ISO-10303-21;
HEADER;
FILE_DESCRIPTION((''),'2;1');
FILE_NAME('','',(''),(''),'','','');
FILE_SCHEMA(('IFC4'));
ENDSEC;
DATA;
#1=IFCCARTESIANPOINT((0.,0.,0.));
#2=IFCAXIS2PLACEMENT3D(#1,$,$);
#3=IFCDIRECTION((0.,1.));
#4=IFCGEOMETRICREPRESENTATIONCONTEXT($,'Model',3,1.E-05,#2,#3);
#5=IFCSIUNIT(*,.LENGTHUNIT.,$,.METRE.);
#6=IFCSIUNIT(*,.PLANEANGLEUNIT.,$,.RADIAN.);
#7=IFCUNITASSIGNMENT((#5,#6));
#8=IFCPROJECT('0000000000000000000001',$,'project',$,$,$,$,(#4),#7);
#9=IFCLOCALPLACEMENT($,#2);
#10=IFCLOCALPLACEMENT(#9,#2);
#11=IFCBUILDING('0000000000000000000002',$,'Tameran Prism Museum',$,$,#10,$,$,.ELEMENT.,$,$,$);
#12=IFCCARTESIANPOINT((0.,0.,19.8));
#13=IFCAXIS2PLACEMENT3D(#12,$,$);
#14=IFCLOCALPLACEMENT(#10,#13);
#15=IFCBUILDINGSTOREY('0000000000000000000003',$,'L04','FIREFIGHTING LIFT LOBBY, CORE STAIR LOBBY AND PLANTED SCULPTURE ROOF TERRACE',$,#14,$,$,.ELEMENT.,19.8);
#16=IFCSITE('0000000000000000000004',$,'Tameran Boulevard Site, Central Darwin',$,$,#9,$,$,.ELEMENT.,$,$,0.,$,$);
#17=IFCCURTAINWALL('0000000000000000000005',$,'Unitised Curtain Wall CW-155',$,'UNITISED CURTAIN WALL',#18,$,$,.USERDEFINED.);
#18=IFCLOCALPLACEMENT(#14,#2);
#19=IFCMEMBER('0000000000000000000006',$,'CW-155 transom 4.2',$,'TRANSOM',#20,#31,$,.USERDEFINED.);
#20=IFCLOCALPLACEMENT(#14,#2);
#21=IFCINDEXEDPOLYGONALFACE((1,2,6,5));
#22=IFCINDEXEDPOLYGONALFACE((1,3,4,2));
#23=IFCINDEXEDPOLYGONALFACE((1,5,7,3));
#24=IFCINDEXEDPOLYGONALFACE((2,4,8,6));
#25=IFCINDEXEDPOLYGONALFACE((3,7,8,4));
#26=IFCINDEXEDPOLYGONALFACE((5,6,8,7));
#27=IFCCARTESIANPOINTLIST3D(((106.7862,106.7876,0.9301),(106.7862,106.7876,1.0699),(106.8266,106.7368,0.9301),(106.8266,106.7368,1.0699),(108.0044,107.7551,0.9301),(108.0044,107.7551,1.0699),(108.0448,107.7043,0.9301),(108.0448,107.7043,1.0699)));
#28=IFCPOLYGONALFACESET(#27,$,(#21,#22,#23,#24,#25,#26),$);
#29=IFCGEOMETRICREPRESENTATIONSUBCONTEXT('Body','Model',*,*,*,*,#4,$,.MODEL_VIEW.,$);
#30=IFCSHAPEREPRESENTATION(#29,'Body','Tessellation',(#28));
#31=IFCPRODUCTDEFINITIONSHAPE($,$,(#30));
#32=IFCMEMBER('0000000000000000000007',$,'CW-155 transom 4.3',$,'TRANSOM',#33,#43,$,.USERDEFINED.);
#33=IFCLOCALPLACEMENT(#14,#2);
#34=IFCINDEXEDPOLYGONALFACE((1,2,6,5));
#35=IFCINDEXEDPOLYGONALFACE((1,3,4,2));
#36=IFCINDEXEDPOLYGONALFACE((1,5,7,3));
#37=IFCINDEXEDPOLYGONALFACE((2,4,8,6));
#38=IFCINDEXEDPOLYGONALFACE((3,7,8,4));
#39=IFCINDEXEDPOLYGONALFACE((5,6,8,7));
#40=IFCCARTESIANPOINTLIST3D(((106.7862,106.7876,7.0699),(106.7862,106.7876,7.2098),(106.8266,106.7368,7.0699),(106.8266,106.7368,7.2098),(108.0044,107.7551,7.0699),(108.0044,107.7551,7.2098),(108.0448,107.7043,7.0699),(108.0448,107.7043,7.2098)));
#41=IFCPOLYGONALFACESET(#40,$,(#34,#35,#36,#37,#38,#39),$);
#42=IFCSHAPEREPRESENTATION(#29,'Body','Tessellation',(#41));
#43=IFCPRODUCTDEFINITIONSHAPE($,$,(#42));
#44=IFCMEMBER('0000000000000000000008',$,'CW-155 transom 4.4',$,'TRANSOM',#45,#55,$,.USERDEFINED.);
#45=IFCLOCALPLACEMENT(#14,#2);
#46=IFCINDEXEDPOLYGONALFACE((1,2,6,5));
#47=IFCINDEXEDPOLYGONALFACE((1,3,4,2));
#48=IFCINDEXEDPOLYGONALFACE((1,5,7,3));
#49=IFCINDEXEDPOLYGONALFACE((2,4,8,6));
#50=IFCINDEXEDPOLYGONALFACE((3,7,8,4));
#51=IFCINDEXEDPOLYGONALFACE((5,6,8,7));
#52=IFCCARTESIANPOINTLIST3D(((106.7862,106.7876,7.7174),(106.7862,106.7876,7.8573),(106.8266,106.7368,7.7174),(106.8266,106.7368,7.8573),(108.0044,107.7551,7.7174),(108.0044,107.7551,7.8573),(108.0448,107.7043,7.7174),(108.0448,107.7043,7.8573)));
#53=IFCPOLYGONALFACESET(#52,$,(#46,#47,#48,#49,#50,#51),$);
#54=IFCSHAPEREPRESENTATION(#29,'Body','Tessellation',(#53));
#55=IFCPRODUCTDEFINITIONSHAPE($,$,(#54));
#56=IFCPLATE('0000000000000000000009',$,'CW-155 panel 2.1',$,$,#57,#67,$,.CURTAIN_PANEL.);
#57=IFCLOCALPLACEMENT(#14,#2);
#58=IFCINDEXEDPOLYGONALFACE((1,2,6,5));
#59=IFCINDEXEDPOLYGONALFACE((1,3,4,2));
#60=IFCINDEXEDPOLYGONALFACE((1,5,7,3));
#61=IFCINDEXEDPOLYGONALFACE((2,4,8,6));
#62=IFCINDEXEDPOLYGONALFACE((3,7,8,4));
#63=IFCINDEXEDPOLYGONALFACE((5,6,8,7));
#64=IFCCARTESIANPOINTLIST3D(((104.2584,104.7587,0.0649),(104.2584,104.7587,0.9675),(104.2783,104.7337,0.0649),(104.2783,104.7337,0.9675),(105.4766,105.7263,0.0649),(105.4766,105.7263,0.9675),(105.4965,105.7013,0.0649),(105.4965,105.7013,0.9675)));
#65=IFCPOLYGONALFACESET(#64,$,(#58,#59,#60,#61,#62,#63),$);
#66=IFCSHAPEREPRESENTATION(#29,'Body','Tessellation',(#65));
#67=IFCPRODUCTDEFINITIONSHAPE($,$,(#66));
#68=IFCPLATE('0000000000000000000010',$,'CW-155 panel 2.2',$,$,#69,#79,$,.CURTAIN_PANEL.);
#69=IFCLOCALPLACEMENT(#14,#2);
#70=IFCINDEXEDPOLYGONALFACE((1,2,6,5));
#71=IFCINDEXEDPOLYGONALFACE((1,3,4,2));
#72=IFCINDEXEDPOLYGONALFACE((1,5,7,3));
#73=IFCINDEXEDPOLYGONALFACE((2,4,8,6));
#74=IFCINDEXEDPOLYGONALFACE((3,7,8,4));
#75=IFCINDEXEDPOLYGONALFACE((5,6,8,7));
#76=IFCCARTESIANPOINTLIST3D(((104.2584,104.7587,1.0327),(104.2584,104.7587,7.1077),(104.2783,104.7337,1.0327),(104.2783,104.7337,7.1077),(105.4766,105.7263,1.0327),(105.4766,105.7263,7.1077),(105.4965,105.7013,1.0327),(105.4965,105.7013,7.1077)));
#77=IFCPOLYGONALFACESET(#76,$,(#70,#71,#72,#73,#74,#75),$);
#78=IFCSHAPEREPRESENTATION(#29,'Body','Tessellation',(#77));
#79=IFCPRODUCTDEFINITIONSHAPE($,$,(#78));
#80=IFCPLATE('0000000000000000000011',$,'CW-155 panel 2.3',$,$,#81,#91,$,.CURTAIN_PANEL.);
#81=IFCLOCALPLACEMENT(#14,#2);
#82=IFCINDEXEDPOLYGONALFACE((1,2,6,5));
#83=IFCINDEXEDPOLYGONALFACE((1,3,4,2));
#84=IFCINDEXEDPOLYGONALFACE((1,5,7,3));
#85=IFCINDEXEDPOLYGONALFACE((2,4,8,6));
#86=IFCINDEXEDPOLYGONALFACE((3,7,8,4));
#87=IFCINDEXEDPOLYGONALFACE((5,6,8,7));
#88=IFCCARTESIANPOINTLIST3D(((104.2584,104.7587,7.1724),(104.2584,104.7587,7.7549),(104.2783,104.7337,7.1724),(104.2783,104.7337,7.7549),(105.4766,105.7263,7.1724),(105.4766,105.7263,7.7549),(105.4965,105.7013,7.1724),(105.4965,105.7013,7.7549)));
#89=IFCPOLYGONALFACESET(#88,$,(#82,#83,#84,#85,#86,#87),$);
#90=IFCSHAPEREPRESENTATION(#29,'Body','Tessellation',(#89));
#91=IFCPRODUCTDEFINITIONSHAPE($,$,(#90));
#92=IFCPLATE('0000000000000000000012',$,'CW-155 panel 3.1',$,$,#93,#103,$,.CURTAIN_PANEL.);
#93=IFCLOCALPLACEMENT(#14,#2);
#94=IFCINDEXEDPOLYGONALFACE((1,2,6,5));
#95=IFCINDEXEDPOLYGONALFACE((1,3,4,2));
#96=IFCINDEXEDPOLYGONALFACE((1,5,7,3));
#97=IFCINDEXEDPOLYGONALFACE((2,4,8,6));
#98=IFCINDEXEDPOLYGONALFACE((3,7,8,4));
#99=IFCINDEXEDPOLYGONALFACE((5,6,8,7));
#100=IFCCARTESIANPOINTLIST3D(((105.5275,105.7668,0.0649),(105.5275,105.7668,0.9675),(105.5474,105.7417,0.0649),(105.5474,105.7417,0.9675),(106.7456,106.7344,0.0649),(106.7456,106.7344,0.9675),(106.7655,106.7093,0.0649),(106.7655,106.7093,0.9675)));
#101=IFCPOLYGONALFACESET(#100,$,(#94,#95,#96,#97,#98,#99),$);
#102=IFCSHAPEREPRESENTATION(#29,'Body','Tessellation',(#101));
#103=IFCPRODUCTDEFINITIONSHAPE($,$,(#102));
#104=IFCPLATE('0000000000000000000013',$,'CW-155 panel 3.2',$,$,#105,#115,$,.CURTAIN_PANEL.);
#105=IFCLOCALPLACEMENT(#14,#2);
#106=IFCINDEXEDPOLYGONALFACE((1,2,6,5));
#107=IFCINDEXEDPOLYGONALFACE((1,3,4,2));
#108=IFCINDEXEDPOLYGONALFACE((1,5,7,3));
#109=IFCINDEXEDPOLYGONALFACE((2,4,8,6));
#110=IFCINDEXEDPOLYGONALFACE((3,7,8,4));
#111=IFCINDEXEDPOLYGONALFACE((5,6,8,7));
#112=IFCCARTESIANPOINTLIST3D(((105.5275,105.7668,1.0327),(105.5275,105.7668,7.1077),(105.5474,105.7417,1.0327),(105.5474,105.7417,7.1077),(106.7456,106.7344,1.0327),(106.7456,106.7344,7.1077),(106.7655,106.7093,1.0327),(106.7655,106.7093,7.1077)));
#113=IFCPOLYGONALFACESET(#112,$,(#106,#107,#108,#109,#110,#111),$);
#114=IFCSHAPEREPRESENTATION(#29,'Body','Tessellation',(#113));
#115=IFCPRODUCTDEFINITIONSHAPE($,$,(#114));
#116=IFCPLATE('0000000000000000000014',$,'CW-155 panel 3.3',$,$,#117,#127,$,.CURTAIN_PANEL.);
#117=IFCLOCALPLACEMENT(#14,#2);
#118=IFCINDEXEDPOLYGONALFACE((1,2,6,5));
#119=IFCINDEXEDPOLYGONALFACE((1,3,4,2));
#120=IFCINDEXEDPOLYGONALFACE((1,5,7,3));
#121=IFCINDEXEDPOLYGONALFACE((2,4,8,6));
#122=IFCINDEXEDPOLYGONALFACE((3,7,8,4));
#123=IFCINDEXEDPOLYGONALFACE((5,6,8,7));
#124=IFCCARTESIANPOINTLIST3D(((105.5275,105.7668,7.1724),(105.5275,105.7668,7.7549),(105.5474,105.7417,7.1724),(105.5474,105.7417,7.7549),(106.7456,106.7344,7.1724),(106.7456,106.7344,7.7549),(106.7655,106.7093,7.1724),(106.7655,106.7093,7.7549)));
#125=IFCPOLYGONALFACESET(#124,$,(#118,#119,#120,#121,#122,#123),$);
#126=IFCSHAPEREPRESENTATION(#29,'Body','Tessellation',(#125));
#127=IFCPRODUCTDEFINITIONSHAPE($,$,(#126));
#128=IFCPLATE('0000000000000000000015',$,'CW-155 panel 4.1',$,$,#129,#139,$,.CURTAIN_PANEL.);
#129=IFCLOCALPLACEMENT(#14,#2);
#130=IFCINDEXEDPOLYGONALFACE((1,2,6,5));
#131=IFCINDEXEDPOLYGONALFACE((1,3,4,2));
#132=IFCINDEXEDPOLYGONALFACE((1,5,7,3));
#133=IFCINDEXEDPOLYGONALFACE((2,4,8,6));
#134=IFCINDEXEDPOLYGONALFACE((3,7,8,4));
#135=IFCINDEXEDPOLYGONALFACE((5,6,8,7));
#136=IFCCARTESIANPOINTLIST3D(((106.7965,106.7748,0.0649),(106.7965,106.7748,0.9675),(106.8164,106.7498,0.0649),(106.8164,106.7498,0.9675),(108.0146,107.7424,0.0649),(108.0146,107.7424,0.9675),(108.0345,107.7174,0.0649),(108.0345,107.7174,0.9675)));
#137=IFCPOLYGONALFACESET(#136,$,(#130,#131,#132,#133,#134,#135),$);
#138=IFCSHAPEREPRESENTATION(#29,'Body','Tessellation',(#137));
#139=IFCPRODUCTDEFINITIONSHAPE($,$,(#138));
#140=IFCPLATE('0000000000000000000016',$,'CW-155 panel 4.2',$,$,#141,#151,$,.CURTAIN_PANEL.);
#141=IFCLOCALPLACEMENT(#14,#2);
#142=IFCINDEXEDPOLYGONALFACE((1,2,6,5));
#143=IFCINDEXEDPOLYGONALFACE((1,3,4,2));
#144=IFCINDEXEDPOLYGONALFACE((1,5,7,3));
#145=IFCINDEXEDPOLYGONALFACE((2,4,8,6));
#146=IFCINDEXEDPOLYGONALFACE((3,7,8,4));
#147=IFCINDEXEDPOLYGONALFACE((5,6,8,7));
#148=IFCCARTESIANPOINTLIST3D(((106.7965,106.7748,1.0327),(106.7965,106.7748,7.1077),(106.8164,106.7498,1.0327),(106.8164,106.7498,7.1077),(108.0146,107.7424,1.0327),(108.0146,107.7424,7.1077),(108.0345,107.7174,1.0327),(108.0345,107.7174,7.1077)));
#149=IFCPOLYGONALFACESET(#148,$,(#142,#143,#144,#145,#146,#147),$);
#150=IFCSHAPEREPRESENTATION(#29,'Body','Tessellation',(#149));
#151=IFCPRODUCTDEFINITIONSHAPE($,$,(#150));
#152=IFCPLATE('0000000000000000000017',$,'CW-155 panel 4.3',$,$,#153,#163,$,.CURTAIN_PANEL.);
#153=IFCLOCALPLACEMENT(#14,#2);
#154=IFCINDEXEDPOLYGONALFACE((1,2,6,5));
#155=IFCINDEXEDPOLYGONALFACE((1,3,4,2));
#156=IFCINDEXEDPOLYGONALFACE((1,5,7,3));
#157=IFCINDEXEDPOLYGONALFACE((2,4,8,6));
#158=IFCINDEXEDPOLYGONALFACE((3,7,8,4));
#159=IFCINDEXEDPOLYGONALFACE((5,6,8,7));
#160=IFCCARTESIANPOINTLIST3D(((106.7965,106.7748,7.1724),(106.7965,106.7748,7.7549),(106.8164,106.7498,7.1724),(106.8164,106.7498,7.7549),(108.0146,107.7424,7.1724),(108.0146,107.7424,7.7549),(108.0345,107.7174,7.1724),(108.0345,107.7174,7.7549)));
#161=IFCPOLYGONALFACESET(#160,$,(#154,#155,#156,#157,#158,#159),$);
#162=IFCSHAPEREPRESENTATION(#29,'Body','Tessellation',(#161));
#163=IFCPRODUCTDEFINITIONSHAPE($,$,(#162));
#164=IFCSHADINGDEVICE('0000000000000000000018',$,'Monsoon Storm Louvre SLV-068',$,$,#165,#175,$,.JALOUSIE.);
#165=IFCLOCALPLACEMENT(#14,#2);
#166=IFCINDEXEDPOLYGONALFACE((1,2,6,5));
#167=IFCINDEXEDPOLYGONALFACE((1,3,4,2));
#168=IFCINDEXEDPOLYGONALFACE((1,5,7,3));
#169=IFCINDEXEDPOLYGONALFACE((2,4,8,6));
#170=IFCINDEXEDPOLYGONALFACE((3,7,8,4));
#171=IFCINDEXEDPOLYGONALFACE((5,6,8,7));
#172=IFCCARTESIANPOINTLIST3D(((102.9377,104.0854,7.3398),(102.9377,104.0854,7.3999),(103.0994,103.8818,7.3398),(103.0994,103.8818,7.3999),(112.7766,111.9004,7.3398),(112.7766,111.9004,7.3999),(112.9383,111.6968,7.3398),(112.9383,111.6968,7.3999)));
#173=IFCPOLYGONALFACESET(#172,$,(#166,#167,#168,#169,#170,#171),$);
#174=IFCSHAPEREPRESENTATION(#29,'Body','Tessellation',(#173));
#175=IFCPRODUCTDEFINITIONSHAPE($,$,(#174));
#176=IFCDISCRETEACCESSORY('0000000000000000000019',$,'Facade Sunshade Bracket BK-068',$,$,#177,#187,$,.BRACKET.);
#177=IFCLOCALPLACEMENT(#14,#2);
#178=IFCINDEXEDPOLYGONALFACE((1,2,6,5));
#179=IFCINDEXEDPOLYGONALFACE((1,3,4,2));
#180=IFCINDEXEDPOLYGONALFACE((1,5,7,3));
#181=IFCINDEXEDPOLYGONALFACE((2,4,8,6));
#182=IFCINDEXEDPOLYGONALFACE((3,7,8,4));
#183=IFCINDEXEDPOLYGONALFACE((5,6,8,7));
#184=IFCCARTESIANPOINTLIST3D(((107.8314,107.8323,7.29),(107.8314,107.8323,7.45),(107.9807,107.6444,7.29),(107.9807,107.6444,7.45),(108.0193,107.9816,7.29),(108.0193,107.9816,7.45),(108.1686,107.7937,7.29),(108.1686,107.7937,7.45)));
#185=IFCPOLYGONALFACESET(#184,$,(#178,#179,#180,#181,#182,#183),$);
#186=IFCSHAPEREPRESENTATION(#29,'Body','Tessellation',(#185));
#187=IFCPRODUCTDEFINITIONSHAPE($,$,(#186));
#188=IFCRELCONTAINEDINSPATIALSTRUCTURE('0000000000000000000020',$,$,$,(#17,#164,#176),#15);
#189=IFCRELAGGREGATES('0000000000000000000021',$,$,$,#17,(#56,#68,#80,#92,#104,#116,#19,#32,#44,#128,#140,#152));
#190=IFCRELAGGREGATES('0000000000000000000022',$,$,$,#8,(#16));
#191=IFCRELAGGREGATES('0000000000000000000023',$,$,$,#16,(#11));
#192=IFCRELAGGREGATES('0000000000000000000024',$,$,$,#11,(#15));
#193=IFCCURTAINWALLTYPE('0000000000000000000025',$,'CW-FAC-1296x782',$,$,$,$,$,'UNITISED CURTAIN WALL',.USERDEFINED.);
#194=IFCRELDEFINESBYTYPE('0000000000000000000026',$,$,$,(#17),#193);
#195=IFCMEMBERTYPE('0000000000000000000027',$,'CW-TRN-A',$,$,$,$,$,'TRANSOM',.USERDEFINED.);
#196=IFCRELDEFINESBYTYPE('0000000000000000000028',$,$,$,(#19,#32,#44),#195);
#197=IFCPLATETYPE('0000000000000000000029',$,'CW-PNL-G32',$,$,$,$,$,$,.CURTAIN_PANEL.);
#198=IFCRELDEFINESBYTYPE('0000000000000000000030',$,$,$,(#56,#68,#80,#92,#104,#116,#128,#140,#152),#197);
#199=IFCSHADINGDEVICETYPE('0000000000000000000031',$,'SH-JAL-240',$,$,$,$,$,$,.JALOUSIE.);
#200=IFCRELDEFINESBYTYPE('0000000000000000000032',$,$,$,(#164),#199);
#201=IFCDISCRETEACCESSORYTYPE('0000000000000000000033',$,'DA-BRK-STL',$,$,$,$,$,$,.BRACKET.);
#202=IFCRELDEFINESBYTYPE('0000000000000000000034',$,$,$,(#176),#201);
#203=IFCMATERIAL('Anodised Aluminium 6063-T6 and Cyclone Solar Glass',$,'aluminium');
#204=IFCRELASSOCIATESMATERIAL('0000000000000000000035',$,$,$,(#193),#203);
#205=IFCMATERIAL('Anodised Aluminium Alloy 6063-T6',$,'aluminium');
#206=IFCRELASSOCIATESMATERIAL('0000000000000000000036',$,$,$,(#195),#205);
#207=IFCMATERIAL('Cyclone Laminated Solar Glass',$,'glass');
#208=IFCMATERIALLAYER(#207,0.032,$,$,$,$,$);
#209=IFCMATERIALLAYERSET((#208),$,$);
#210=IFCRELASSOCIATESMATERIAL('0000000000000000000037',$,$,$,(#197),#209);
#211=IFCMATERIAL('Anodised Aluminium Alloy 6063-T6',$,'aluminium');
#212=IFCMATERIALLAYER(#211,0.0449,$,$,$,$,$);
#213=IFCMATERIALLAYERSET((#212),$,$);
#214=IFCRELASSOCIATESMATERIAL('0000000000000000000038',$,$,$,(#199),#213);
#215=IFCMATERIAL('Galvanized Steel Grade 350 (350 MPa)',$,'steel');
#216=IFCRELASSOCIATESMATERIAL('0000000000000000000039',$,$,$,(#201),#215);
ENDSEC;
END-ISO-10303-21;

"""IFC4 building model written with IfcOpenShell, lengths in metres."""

from ifc_helpers import new_model, si_unit, direction, frame, origin, origin_2d, place, context, subcontext, project, spatial, rectangle, extrude, material, layer, layer_set, material_profile, profile_set, type_object, element, aggregate, save


model = new_model("IFC4")

# Units and contexts
model_context = context("Model", 3, precision=1e-05, world=origin(), true_north=direction((0.0, 1.0)))
body_context = subcontext(model_context, "Body", "Model", "MODEL_VIEW")
ifc_project = project(units=[si_unit("LENGTHUNIT", "METRE"), si_unit("PLANEANGLEUNIT", "RADIAN")], contexts=[model_context])

# Site, building, storey
site_placement = place(None, origin())
site = spatial("IfcSite", under=ifc_project, at=site_placement, Name="Tameran Boulevard Site, Central Darwin", CompositionType="ELEMENT", RefElevation=0.0)
building_placement = place(site_placement, origin())
building = spatial("IfcBuilding", under=site, at=building_placement, Name="Tameran Prism Museum", CompositionType="ELEMENT")
storey_placement = place(building_placement, frame((0.0, 0.0, 19.8)))
storey = spatial("IfcBuildingStorey", under=building, at=storey_placement, Name="L04", Description="FIREFIGHTING LIFT LOBBY, CORE STAIR LOBBY AND PLANTED SCULPTURE ROOF TERRACE", CompositionType="ELEMENT", Elevation=19.8)

# Curtain wall, members, plates
ifc_material_1 = material(Name="Anodised Aluminium 6063-T6 and Cyclone Solar Glass", Category="aluminium")
curtain_wall_type = type_object("IfcCurtainWallType", Name="CW-FAC-1296x782", ElementType="UNITISED CURTAIN WALL", PredefinedType="USERDEFINED", material=ifc_material_1)
curtain_wall_placement = place(storey_placement, origin())
curtain_wall = element("IfcCurtainWall", 1, at=curtain_wall_placement, inside=storey, type_object=curtain_wall_type, Name="Unitised Curtain Wall CW-155", ObjectType="UNITISED CURTAIN WALL", PredefinedType="USERDEFINED")
ifc_material_2 = material(Name="Anodised Aluminium Alloy 6063-T6", Category="aluminium")
ifc_material_profile_1 = material_profile(ifc_material_2, rectangle(XDim=0.0649, YDim=0.1399, at=origin_2d()))
ifc_profile_set_1 = profile_set([ifc_material_profile_1])
member_type_1 = type_object("IfcMemberType", Name="CW-TRN-A", ElementType="TRANSOM", PredefinedType="USERDEFINED", material=ifc_profile_set_1)
member_1_placement = place(storey_placement, frame((106.8064, 106.7622, 1.0), z_axis=(0.783084, 0.621916, 0.0), x_axis=(-0.621916, 0.783084, 0.0)))
member_1 = element("IfcMember", 2, at=member_1_placement, type_object=member_type_1, Name="CW-155 transom 4.2", ObjectType="TRANSOM", PredefinedType="USERDEFINED", context=body_context, shape_type="SweptSolid", body=[
    extrude(rectangle(XDim=0.0649, YDim=0.1399, at=origin_2d()), origin(), (0.0, 0.0, 1.0), 1.5557),
])
member_2_placement = place(storey_placement, frame((106.8064, 106.7622, 7.1399), z_axis=(0.783084, 0.621916, 0.0), x_axis=(-0.621916, 0.783084, 0.0)))
member_2 = element("IfcMember", 3, at=member_2_placement, type_object=member_type_1, Name="CW-155 transom 4.3", ObjectType="TRANSOM", PredefinedType="USERDEFINED", context=body_context, shape_type="SweptSolid", body=[
    extrude(rectangle(XDim=0.0649, YDim=0.1399, at=origin_2d()), origin(), (0.0, 0.0, 1.0), 1.5557),
])
member_3_placement = place(storey_placement, frame((106.8064, 106.7622, 7.7874), z_axis=(0.783084, 0.621916, 0.0), x_axis=(-0.621916, 0.783084, 0.0)))
member_3 = element("IfcMember", 4, at=member_3_placement, type_object=member_type_1, Name="CW-155 transom 4.4", ObjectType="TRANSOM", PredefinedType="USERDEFINED", context=body_context, shape_type="SweptSolid", body=[
    extrude(rectangle(XDim=0.0649, YDim=0.1399, at=origin_2d()), origin(), (0.0, 0.0, 1.0), 1.5557),
])
ifc_material_3 = material(Name="Cyclone Laminated Solar Glass", Category="glass")
ifc_layer_1 = layer(ifc_material_3, 0.032)
ifc_layer_set_1 = layer_set([ifc_layer_1])
plate_type = type_object("IfcPlateType", Name="CW-PNL-G32", PredefinedType="CURTAIN_PANEL", material=ifc_layer_set_1)
plate_1_placement = place(storey_placement, frame((104.8774, 105.23, 0.0649), z_axis=(0.0, 0.0, 1.0), x_axis=(0.783031, 0.621982, 0.0)))
plate_1 = element("IfcPlate", 5, at=plate_1_placement, type_object=plate_type, Name="CW-155 panel 2.1", PredefinedType="CURTAIN_PANEL", context=body_context, shape_type="SweptSolid", body=[
    extrude(rectangle(XDim=1.5557, YDim=0.032, at=origin_2d()), origin(), (0.0, 0.0, 1.0), 0.9026),
])
plate_2_placement = place(storey_placement, frame((104.8774, 105.23, 1.0327), z_axis=(0.0, 0.0, 1.0), x_axis=(0.783031, 0.621982, 0.0)))
plate_2 = element("IfcPlate", 6, at=plate_2_placement, type_object=plate_type, Name="CW-155 panel 2.2", PredefinedType="CURTAIN_PANEL", context=body_context, shape_type="SweptSolid", body=[
    extrude(rectangle(XDim=1.5557, YDim=0.032, at=origin_2d()), origin(), (0.0, 0.0, 1.0), 6.075),
])
plate_3_placement = place(storey_placement, frame((104.8774, 105.23, 7.1724), z_axis=(0.0, 0.0, 1.0), x_axis=(0.783031, 0.621982, 0.0)))
plate_3 = element("IfcPlate", 7, at=plate_3_placement, type_object=plate_type, Name="CW-155 panel 2.3", PredefinedType="CURTAIN_PANEL", context=body_context, shape_type="SweptSolid", body=[
    extrude(rectangle(XDim=1.5557, YDim=0.032, at=origin_2d()), origin(), (0.0, 0.0, 1.0), 0.5825),
])
plate_4_placement = place(storey_placement, frame((106.1465, 106.238, 0.0649), z_axis=(0.0, 0.0, 1.0), x_axis=(0.783031, 0.621982, 0.0)))
plate_4 = element("IfcPlate", 8, at=plate_4_placement, type_object=plate_type, Name="CW-155 panel 3.1", PredefinedType="CURTAIN_PANEL", context=body_context, shape_type="SweptSolid", body=[
    extrude(rectangle(XDim=1.5557, YDim=0.032, at=origin_2d()), origin(), (0.0, 0.0, 1.0), 0.9026),
])
plate_5_placement = place(storey_placement, frame((106.1465, 106.238, 1.0327), z_axis=(0.0, 0.0, 1.0), x_axis=(0.783031, 0.621982, 0.0)))
plate_5 = element("IfcPlate", 9, at=plate_5_placement, type_object=plate_type, Name="CW-155 panel 3.2", PredefinedType="CURTAIN_PANEL", context=body_context, shape_type="SweptSolid", body=[
    extrude(rectangle(XDim=1.5557, YDim=0.032, at=origin_2d()), origin(), (0.0, 0.0, 1.0), 6.075),
])
plate_6_placement = place(storey_placement, frame((106.1465, 106.238, 7.1724), z_axis=(0.0, 0.0, 1.0), x_axis=(0.783031, 0.621982, 0.0)))
plate_6 = element("IfcPlate", 10, at=plate_6_placement, type_object=plate_type, Name="CW-155 panel 3.3", PredefinedType="CURTAIN_PANEL", context=body_context, shape_type="SweptSolid", body=[
    extrude(rectangle(XDim=1.5557, YDim=0.032, at=origin_2d()), origin(), (0.0, 0.0, 1.0), 0.5825),
])
plate_7_placement = place(storey_placement, frame((107.4155, 107.2461, 0.0649), z_axis=(0.0, 0.0, 1.0), x_axis=(0.783031, 0.621982, 0.0)))
plate_7 = element("IfcPlate", 11, at=plate_7_placement, type_object=plate_type, Name="CW-155 panel 4.1", PredefinedType="CURTAIN_PANEL", context=body_context, shape_type="SweptSolid", body=[
    extrude(rectangle(XDim=1.5557, YDim=0.032, at=origin_2d()), origin(), (0.0, 0.0, 1.0), 0.9026),
])
plate_8_placement = place(storey_placement, frame((107.4155, 107.2461, 1.0327), z_axis=(0.0, 0.0, 1.0), x_axis=(0.783031, 0.621982, 0.0)))
plate_8 = element("IfcPlate", 12, at=plate_8_placement, type_object=plate_type, Name="CW-155 panel 4.2", PredefinedType="CURTAIN_PANEL", context=body_context, shape_type="SweptSolid", body=[
    extrude(rectangle(XDim=1.5557, YDim=0.032, at=origin_2d()), origin(), (0.0, 0.0, 1.0), 6.075),
])
plate_9_placement = place(storey_placement, frame((107.4155, 107.2461, 7.1724), z_axis=(0.0, 0.0, 1.0), x_axis=(0.783031, 0.621982, 0.0)))
plate_9 = element("IfcPlate", 13, at=plate_9_placement, type_object=plate_type, Name="CW-155 panel 4.3", PredefinedType="CURTAIN_PANEL", context=body_context, shape_type="SweptSolid", body=[
    extrude(rectangle(XDim=1.5557, YDim=0.032, at=origin_2d()), origin(), (0.0, 0.0, 1.0), 0.5825),
])
aggregate(curtain_wall, [plate_1, plate_2, plate_3, plate_4, plate_5, plate_6, member_1, member_2, member_3, plate_7, plate_8, plate_9])

# Shading device
ifc_material_4 = material(Name="Anodised Aluminium Alloy 6063-T6", Category="aluminium")
ifc_layer_2 = layer(ifc_material_4, 0.0449)
ifc_layer_set_2 = layer_set([ifc_layer_2])
shading_device_type = type_object("IfcShadingDeviceType", Name="SH-JAL-240", PredefinedType="JALOUSIE", material=ifc_layer_set_2)
shading_device_placement = place(storey_placement, frame((107.938, 107.8911, 7.3398), z_axis=(0.0, 0.0, 1.0), x_axis=(0.783043, 0.621968, 0.0)))
element("IfcShadingDevice", 14, at=shading_device_placement, inside=storey, type_object=shading_device_type, Name="Monsoon Storm Louvre SLV-068", PredefinedType="JALOUSIE", context=body_context, shape_type="SweptSolid", body=[
    extrude(rectangle(XDim=12.5649, YDim=0.26, at=origin_2d()), origin(), (0.0, 0.0, 1.0), 0.0601),
])

# Discrete accessory
ifc_material_5 = material(Name="Galvanized Steel Grade 350 (350 MPa)", Category="steel")
discrete_accessory_type = type_object("IfcDiscreteAccessoryType", Name="DA-BRK-STL", PredefinedType="BRACKET", material=ifc_material_5)
discrete_accessory_placement = place(storey_placement, frame((108.0, 107.813, 7.29), z_axis=(0.0, 0.0, 1.0), x_axis=(0.783043, 0.621968, 0.0)))
element("IfcDiscreteAccessory", 15, at=discrete_accessory_placement, inside=storey, type_object=discrete_accessory_type, Name="Facade Sunshade Bracket BK-068", PredefinedType="BRACKET", context=body_context, shape_type="SweptSolid", body=[
    extrude(rectangle(XDim=0.24, YDim=0.24, at=origin_2d()), origin(), (0.0, 0.0, 1.0), 0.1599),
])

save(model, "model.ifc")
